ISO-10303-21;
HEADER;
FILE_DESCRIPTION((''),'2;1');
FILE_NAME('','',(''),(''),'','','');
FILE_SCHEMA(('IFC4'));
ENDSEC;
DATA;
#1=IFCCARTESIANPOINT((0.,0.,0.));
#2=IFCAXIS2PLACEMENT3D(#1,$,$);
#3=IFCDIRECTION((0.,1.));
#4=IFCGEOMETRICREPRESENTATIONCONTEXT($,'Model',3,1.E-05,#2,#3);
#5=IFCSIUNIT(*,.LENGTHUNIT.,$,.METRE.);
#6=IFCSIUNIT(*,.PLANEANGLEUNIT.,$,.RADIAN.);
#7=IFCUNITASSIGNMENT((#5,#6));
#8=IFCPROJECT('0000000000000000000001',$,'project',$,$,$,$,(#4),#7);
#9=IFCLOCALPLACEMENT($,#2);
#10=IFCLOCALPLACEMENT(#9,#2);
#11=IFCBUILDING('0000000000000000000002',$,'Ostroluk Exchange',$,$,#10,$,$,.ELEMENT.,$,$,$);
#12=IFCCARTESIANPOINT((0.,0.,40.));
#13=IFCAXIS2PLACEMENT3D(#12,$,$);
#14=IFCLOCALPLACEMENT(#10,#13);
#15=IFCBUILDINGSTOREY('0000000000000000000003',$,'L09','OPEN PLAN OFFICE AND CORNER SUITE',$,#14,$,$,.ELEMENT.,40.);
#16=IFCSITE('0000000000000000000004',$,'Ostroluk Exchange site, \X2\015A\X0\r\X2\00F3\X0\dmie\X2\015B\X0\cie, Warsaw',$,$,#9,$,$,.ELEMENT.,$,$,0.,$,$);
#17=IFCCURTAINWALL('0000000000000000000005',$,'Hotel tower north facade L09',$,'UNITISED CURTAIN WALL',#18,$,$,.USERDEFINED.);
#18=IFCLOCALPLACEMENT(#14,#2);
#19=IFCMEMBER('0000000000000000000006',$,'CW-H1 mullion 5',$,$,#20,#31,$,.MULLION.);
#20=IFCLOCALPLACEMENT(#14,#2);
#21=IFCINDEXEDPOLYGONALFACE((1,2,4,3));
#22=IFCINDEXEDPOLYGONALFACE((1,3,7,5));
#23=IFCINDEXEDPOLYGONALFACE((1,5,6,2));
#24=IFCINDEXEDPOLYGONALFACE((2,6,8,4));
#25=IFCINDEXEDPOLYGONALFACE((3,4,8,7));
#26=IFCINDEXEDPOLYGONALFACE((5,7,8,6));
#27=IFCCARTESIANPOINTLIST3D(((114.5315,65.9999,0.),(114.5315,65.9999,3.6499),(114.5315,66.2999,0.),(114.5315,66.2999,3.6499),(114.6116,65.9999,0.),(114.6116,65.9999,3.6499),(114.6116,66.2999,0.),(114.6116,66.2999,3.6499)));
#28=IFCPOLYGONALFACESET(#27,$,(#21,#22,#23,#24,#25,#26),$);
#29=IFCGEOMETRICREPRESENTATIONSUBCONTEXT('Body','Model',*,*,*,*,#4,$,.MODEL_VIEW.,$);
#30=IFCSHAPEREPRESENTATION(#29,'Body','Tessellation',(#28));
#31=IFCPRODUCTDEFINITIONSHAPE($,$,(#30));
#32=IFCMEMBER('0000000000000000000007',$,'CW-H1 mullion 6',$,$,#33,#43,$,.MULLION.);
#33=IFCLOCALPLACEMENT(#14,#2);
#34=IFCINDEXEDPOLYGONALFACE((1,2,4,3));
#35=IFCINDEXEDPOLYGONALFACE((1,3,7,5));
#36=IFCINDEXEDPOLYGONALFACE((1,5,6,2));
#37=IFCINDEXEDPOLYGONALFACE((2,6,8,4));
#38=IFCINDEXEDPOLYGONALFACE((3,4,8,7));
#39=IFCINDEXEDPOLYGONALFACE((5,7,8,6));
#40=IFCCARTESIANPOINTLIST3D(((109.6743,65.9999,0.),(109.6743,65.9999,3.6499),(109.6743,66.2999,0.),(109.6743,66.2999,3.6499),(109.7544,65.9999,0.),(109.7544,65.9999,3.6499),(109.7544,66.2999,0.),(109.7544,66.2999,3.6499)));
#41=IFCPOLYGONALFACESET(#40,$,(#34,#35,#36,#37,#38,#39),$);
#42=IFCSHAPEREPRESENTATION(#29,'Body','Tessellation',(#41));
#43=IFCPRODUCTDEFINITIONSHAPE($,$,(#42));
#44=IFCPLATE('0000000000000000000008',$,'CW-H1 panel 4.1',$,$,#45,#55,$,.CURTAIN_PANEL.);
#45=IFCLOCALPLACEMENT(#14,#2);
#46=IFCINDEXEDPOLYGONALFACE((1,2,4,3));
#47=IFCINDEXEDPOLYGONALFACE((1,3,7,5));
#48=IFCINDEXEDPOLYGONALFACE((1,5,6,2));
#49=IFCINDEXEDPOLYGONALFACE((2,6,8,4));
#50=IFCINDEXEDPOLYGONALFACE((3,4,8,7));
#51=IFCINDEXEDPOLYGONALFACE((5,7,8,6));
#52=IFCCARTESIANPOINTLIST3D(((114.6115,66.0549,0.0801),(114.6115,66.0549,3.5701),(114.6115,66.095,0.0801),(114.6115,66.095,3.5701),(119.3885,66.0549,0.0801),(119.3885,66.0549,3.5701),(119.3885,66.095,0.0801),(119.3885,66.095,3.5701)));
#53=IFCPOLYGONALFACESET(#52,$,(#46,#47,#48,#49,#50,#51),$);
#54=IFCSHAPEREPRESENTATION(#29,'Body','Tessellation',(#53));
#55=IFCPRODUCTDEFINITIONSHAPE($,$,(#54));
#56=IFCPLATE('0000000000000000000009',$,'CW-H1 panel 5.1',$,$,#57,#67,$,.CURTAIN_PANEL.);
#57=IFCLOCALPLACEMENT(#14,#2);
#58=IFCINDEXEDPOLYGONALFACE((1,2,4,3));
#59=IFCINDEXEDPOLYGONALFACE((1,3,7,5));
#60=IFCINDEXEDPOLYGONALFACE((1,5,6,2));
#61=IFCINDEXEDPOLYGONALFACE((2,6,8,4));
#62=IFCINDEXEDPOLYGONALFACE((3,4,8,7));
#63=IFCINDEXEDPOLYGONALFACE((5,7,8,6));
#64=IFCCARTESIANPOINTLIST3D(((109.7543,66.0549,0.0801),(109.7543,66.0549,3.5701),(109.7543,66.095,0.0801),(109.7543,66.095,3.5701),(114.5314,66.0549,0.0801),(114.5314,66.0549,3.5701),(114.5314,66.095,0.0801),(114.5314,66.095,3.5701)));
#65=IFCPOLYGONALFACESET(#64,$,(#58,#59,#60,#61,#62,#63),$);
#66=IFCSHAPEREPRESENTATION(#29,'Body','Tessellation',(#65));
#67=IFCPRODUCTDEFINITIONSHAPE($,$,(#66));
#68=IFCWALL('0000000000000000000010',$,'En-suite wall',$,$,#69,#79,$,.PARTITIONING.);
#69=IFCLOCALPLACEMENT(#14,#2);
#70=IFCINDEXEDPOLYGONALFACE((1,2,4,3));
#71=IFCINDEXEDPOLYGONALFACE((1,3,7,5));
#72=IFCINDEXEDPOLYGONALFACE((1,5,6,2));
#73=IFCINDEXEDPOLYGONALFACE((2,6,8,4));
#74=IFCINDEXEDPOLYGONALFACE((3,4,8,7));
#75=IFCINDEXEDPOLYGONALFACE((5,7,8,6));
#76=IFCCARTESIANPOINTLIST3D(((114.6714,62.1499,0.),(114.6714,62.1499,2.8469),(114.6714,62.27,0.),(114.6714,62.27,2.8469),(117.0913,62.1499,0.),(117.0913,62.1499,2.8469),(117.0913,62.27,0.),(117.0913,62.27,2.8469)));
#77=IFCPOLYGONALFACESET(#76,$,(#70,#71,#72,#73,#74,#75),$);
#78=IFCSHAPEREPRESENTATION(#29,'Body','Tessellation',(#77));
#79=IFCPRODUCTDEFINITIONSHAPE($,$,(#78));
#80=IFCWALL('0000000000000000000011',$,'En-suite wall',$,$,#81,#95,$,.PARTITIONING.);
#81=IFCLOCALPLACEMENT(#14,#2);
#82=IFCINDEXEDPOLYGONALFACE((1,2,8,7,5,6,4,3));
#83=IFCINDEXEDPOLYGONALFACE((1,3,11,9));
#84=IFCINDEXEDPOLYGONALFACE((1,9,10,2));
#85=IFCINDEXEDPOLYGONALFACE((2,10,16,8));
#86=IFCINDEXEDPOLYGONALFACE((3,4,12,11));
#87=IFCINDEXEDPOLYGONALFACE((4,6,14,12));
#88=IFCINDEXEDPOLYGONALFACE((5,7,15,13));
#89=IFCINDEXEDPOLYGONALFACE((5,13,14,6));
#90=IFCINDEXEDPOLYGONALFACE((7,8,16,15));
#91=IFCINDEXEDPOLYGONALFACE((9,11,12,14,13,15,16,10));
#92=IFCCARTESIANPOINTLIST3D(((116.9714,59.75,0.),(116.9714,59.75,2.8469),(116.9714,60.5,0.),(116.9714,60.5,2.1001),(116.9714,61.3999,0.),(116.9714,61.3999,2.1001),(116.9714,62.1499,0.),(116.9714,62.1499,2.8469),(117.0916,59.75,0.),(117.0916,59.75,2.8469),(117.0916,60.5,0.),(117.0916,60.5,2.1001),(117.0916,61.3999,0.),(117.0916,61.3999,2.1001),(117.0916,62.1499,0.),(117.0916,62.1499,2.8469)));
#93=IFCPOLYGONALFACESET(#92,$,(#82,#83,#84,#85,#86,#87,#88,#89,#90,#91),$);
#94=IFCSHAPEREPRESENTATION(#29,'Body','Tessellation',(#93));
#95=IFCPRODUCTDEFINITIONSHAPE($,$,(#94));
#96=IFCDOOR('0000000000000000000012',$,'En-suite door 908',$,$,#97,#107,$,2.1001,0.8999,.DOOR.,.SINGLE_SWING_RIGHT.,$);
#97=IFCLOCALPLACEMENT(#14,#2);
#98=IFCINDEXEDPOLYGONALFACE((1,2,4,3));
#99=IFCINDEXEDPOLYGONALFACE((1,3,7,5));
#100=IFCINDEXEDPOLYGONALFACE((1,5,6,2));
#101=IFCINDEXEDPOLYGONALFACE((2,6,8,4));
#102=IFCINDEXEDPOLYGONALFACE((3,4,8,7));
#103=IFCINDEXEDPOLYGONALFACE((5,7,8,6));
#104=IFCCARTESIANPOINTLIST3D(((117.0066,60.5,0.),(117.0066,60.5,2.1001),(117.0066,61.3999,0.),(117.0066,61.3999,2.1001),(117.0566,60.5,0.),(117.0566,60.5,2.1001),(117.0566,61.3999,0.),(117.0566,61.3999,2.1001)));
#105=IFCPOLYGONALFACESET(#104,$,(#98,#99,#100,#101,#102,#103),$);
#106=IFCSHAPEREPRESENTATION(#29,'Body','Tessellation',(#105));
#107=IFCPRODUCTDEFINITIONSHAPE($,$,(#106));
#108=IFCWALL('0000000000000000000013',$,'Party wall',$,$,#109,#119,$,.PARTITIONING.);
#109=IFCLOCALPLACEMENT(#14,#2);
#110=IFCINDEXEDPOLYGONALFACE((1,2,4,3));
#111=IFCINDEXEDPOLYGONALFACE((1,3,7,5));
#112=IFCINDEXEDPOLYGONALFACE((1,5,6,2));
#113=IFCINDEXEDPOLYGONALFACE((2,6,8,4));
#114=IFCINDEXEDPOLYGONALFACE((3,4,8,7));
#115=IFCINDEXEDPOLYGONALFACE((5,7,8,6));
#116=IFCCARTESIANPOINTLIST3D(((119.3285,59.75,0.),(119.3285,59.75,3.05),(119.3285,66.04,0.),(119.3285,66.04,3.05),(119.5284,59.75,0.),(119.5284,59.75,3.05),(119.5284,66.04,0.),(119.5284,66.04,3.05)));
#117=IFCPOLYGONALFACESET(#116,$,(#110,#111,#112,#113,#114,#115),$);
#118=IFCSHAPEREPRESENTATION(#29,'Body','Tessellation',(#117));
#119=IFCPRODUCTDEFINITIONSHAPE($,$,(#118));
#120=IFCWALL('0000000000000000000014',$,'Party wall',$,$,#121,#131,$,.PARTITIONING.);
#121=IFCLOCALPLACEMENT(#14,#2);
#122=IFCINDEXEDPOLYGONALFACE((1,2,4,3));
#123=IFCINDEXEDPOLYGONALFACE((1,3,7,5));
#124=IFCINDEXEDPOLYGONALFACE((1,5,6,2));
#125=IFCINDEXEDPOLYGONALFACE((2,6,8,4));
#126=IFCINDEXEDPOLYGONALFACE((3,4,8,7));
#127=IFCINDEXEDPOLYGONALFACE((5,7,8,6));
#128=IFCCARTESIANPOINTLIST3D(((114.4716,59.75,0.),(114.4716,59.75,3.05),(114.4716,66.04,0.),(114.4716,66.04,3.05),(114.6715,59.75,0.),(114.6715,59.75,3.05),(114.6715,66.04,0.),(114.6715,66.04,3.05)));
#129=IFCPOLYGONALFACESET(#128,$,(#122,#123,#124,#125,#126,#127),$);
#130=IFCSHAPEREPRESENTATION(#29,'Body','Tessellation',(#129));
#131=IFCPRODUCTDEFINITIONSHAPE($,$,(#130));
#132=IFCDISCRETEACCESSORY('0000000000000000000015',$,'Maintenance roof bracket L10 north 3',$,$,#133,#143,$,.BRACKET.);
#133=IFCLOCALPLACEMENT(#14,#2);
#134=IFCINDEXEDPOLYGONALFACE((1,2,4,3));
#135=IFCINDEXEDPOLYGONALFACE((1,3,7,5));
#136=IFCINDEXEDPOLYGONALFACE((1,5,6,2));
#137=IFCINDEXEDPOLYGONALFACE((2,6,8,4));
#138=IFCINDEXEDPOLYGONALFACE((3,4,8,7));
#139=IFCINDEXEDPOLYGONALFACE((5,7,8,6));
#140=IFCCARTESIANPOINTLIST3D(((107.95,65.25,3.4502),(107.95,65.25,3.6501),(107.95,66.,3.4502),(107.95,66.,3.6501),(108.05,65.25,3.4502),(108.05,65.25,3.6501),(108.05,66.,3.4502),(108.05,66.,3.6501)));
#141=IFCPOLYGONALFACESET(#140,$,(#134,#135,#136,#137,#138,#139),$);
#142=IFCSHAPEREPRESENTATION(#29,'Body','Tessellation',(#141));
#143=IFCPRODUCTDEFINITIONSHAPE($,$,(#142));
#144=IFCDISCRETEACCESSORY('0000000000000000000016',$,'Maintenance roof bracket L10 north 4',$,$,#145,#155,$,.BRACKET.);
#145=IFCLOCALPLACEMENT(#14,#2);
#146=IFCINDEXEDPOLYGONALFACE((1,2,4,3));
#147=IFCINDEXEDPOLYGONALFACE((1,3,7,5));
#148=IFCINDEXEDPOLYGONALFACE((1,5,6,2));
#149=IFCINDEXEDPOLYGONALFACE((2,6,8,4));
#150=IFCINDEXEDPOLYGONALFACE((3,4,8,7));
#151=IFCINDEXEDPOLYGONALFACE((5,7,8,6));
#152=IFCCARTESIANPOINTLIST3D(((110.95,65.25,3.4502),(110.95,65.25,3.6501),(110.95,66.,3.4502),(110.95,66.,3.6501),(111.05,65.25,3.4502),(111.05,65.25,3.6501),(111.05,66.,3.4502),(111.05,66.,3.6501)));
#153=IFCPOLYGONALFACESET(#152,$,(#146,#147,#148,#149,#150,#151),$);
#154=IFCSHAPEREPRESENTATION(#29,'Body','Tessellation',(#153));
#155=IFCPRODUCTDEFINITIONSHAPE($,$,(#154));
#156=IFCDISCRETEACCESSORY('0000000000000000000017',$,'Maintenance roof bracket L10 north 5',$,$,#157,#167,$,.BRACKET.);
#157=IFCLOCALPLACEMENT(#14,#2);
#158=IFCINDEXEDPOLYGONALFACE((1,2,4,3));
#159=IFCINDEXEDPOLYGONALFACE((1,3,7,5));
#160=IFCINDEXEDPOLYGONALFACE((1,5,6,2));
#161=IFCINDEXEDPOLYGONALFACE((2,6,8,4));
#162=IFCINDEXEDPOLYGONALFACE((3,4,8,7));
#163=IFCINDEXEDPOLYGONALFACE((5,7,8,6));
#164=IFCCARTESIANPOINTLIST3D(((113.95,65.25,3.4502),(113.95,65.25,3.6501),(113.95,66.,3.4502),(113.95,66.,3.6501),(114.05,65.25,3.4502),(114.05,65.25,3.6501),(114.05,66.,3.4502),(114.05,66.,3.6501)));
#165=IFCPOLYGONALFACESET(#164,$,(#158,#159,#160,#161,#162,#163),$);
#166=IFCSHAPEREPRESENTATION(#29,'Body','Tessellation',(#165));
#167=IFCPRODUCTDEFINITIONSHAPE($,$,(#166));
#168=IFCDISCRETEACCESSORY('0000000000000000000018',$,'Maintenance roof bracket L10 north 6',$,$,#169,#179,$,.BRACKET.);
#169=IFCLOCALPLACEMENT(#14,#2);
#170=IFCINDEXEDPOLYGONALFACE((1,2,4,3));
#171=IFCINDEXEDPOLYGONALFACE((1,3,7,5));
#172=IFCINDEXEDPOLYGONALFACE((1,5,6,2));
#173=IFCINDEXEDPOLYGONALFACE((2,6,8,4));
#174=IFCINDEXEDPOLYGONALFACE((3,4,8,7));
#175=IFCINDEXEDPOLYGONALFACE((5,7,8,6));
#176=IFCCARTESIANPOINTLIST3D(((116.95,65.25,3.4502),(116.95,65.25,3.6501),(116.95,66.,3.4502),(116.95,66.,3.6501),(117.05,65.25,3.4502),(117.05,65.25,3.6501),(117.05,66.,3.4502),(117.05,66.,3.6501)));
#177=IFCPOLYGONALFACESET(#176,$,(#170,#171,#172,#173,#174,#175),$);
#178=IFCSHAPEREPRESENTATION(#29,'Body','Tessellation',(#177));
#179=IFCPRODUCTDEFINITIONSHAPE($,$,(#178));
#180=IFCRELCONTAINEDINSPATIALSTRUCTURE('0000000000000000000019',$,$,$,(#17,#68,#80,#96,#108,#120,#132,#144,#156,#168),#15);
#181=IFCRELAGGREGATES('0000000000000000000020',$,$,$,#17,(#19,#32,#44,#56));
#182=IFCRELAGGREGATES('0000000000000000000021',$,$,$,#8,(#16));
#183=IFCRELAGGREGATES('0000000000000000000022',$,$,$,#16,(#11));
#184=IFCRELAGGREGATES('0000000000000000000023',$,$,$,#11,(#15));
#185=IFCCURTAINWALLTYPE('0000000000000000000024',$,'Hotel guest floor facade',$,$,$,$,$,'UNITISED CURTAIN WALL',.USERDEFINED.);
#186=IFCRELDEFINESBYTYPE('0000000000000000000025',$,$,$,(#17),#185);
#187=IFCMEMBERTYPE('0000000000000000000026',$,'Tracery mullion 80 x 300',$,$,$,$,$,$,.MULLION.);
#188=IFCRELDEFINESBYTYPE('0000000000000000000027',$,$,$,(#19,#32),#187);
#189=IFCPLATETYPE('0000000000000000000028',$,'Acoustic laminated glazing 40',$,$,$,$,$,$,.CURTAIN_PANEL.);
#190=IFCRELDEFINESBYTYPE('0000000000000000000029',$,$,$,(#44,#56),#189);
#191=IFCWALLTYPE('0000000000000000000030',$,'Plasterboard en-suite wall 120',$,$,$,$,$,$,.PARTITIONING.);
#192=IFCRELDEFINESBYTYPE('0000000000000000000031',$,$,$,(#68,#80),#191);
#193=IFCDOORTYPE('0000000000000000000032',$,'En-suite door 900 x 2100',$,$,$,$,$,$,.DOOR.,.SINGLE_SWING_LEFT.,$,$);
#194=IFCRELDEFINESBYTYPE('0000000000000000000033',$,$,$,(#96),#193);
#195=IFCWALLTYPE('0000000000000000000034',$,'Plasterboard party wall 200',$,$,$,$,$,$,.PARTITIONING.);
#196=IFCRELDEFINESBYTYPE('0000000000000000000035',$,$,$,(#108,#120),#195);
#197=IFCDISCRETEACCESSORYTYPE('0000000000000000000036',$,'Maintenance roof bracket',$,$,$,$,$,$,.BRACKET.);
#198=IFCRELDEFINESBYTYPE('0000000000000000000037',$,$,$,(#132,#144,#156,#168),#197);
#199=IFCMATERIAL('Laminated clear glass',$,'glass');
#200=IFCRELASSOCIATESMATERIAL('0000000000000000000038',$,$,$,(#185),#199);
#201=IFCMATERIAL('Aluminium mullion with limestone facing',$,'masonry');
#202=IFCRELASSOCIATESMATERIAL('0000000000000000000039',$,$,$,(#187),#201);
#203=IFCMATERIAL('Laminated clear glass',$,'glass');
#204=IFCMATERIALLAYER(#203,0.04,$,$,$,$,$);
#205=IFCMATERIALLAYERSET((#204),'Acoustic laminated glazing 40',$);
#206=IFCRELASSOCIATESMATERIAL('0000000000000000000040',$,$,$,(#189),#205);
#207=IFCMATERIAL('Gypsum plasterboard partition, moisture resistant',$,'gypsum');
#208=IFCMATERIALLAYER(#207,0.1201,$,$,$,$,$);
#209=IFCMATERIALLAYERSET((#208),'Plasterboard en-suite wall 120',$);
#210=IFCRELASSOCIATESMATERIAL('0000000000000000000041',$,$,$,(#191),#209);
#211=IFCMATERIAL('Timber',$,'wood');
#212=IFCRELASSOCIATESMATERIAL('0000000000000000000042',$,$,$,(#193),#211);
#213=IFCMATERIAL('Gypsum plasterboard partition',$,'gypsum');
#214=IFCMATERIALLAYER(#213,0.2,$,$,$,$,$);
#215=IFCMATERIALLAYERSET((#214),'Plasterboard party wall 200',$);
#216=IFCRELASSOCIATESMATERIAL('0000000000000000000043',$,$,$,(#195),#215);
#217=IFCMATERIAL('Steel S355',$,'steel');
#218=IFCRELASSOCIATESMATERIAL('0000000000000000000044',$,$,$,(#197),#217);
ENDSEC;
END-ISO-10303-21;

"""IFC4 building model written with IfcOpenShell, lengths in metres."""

from ifc_helpers import new_model, si_unit, direction, frame, frame_2d, origin, origin_2d, place, context, subcontext, project, spatial, rectangle, extrude, material, layer, layer_set, material_profile, profile_set, type_object, element, fill, aggregate, save


model = new_model("IFC4")

# Units and contexts
model_context = context("Model", 3, precision=1e-05, world=origin(), true_north=direction((0.0, 1.0)))
body_context = subcontext(model_context, "Body", "Model", "MODEL_VIEW")
ifc_project = project(units=[si_unit("LENGTHUNIT", "METRE"), si_unit("PLANEANGLEUNIT", "RADIAN")], contexts=[model_context])

# Site, building, storey
site_placement = place(None, origin())
site = spatial("IfcSite", under=ifc_project, at=site_placement, Name="Ostroluk Exchange site, Śródmieście, Warsaw", CompositionType="ELEMENT", RefElevation=0.0)
building_placement = place(site_placement, origin())
building = spatial("IfcBuilding", under=site, at=building_placement, Name="Ostroluk Exchange", CompositionType="ELEMENT")
storey_placement = place(building_placement, frame((0.0, 0.0, 40.0)))
storey = spatial("IfcBuildingStorey", under=building, at=storey_placement, Name="L09", Description="OPEN PLAN OFFICE AND CORNER SUITE", CompositionType="ELEMENT", Elevation=40.0)

# Curtain wall, members, plates
ifc_material_1 = material(Name="Laminated clear glass", Category="glass")
curtain_wall_type = type_object("IfcCurtainWallType", Name="Hotel guest floor facade", ElementType="UNITISED CURTAIN WALL", PredefinedType="USERDEFINED", material=ifc_material_1)
curtain_wall_placement = place(storey_placement, origin())
curtain_wall = element("IfcCurtainWall", 1, at=curtain_wall_placement, inside=storey, type_object=curtain_wall_type, Name="Hotel tower north facade L09", ObjectType="UNITISED CURTAIN WALL", PredefinedType="USERDEFINED")
ifc_material_2 = material(Name="Aluminium mullion with limestone facing", Category="masonry")
ifc_material_profile_1 = material_profile(ifc_material_2, rectangle(XDim=0.3, YDim=0.0801, at=origin_2d()), Name="Tracery mullion 80 x 300")
ifc_profile_set_1 = profile_set([ifc_material_profile_1], Name="Aluminium mullion with limestone facing")
member_type_1 = type_object("IfcMemberType", Name="Tracery mullion 80 x 300", PredefinedType="MULLION", material=ifc_profile_set_1)
member_1_placement = place(storey_placement, frame((114.5715, 66.1499, 0.0), z_axis=(0.0, 0.0, 1.0), x_axis=(0.0, -1.0, 0.0)))
member_1 = element("IfcMember", 2, at=member_1_placement, type_object=member_type_1, Name="CW-H1 mullion 5", PredefinedType="MULLION", context=body_context, shape_type="SweptSolid", body=[
    extrude(rectangle(XDim=0.3, YDim=0.0801, at=origin_2d()), origin(), (0.0, 0.0, 1.0), 3.6499),
])
member_2_placement = place(storey_placement, frame((109.7144, 66.1499, 0.0), z_axis=(0.0, 0.0, 1.0), x_axis=(0.0, -1.0, 0.0)))
member_2 = element("IfcMember", 3, at=member_2_placement, type_object=member_type_1, Name="CW-H1 mullion 6", PredefinedType="MULLION", context=body_context, shape_type="SweptSolid", body=[
    extrude(rectangle(XDim=0.3, YDim=0.0801, at=origin_2d()), origin(), (0.0, 0.0, 1.0), 3.6499),
])
ifc_material_3 = material(Name="Laminated clear glass", Category="glass")
ifc_layer_1 = layer(ifc_material_3, 0.04)
ifc_layer_set_1 = layer_set([ifc_layer_1], Name="Acoustic laminated glazing 40")
plate_type = type_object("IfcPlateType", Name="Acoustic laminated glazing 40", PredefinedType="CURTAIN_PANEL", material=ifc_layer_set_1)
plate_1_placement = place(storey_placement, frame((117.0, 66.075, 0.0801), z_axis=(0.0, 0.0, 1.0), x_axis=(-1.0, 0.0, 0.0)))
plate_1 = element("IfcPlate", 4, at=plate_1_placement, type_object=plate_type, Name="CW-H1 panel 4.1", PredefinedType="CURTAIN_PANEL", context=body_context, shape_type="SweptSolid", body=[
    extrude(rectangle(XDim=4.7771, YDim=0.04, at=origin_2d()), origin(), (0.0, 0.0, 1.0), 3.49),
])
plate_2_placement = place(storey_placement, frame((112.1428, 66.075, 0.0801), z_axis=(0.0, 0.0, 1.0), x_axis=(-1.0, 0.0, 0.0)))
plate_2 = element("IfcPlate", 5, at=plate_2_placement, type_object=plate_type, Name="CW-H1 panel 5.1", PredefinedType="CURTAIN_PANEL", context=body_context, shape_type="SweptSolid", body=[
    extrude(rectangle(XDim=4.7771, YDim=0.04, at=origin_2d()), origin(), (0.0, 0.0, 1.0), 3.49),
])
aggregate(curtain_wall, [member_1, member_2, plate_1, plate_2])

# Wall
ifc_material_4 = material(Name="Gypsum plasterboard partition, moisture resistant", Category="gypsum")
ifc_layer_2 = layer(ifc_material_4, 0.1201)
ifc_layer_set_2 = layer_set([ifc_layer_2], Name="Plasterboard en-suite wall 120")
wall_type_1 = type_object("IfcWallType", Name="Plasterboard en-suite wall 120", PredefinedType="PARTITIONING", material=ifc_layer_set_2)
wall_1_placement = place(storey_placement, frame((117.0913, 62.21, 0.0), z_axis=(0.0, 0.0, 1.0), x_axis=(-1.0, 0.0, 0.0)))
element("IfcWall", 6, at=wall_1_placement, inside=storey, type_object=wall_type_1, Name="En-suite wall", PredefinedType="PARTITIONING", context=body_context, shape_type="SweptSolid", body=[
    extrude(rectangle(XDim=2.4199, YDim=0.1201, at=frame_2d((1.21, 0.0))), origin(), (0.0, 0.0, 1.0), 2.8469),
])

# Wall, opening, door
wall_2_placement = place(storey_placement, frame((117.0315, 59.75, 0.0), z_axis=(0.0, 0.0, 1.0), x_axis=(0.0, 1.0, 0.0)))
wall_2 = element("IfcWall", 7, at=wall_2_placement, inside=storey, type_object=wall_type_1, Name="En-suite wall", PredefinedType="PARTITIONING", context=body_context, shape_type="SweptSolid", body=[
    extrude(rectangle(XDim=2.3999, YDim=0.1201, at=frame_2d((1.2, 0.0))), origin(), (0.0, 0.0, 1.0), 2.8469),
])
opening_placement = place(wall_2_placement, frame((0.75, 0.0, 0.0)))
opening = element("IfcOpeningElement", 8, at=opening_placement, cuts=wall_2, PredefinedType="OPENING", context=body_context, shape_type="SweptSolid", body=[
    extrude(rectangle(XDim=0.8999, YDim=2.1001, at=frame_2d((0.45, 1.05))), frame((0.0, 0.0701, 0.0), z_axis=(0.0, -1.0, 0.0), x_axis=(1.0, 0.0, 0.0)), (0.0, 0.0, 1.0), 0.1401),
])
ifc_material_5 = material(Name="Timber", Category="wood")
door_type = type_object("IfcDoorType", Name="En-suite door 900 x 2100", OperationType="SINGLE_SWING_LEFT", PredefinedType="DOOR", material=ifc_material_5)
door_placement = place(opening_placement, origin())
door = element("IfcDoor", 9, at=door_placement, inside=storey, type_object=door_type, Name="En-suite door 908", OperationType="SINGLE_SWING_RIGHT", OverallHeight=2.1001, OverallWidth=0.8999, PredefinedType="DOOR", context=body_context, shape_type="SweptSolid", body=[
    extrude(rectangle(XDim=0.8999, YDim=2.1001, at=frame_2d((0.45, 1.05))), frame((0.0, 0.0249, 0.0), z_axis=(0.0, -1.0, 0.0), x_axis=(1.0, 0.0, 0.0)), (0.0, 0.0, 1.0), 0.05),
])
fill(opening, door)

# Walls
ifc_material_6 = material(Name="Gypsum plasterboard partition", Category="gypsum")
ifc_layer_3 = layer(ifc_material_6, 0.2)
ifc_layer_set_3 = layer_set([ifc_layer_3], Name="Plasterboard party wall 200")
wall_type_2 = type_object("IfcWallType", Name="Plasterboard party wall 200", PredefinedType="PARTITIONING", material=ifc_layer_set_3)
for number, where, z_axis, x_axis, name in (
    (10, (119.4285, 59.75, 0.0), (0.0, 0.0, 1.0), (0.0, 1.0, 0.0), "Party wall"),
    (11, (114.5715, 59.75, 0.0), (0.0, 0.0, 1.0), (0.0, 1.0, 0.0), "Party wall"),
):
    element("IfcWall", number, at=place(storey_placement, frame(where, z_axis=z_axis, x_axis=x_axis)), inside=storey, type_object=wall_type_2, Name=name, PredefinedType="PARTITIONING", context=body_context, shape_type="SweptSolid", body=[
        extrude(rectangle(XDim=6.29, YDim=0.2, at=frame_2d((3.145, 0.0))), origin(), (0.0, 0.0, 1.0), 3.05),
    ])

# Discrete accessories
ifc_material_7 = material(Name="Steel S355", Category="steel")
discrete_accessory_type = type_object("IfcDiscreteAccessoryType", Name="Maintenance roof bracket", PredefinedType="BRACKET", material=ifc_material_7)
for number, where, z_axis, x_axis, name in (
    (12, (108.0, 65.625, 3.4502), (0.0, 0.0, 1.0), (1.0, 0.0, 0.0), "Maintenance roof bracket L10 north 3"),
    (13, (111.0, 65.625, 3.4502), (0.0, 0.0, 1.0), (1.0, 0.0, 0.0), "Maintenance roof bracket L10 north 4"),
    (14, (114.0, 65.625, 3.4502), (0.0, 0.0, 1.0), (1.0, 0.0, 0.0), "Maintenance roof bracket L10 north 5"),
    (15, (117.0, 65.625, 3.4502), (0.0, 0.0, 1.0), (1.0, 0.0, 0.0), "Maintenance roof bracket L10 north 6"),
):
    element("IfcDiscreteAccessory", number, at=place(storey_placement, frame(where, z_axis=z_axis, x_axis=x_axis)), inside=storey, type_object=discrete_accessory_type, Name=name, PredefinedType="BRACKET", context=body_context, shape_type="SweptSolid", body=[
        extrude(rectangle(XDim=0.1001, YDim=0.75, at=origin_2d()), origin(), (0.0, 0.0, 1.0), 0.2),
    ])

save(model, "model.ifc")
